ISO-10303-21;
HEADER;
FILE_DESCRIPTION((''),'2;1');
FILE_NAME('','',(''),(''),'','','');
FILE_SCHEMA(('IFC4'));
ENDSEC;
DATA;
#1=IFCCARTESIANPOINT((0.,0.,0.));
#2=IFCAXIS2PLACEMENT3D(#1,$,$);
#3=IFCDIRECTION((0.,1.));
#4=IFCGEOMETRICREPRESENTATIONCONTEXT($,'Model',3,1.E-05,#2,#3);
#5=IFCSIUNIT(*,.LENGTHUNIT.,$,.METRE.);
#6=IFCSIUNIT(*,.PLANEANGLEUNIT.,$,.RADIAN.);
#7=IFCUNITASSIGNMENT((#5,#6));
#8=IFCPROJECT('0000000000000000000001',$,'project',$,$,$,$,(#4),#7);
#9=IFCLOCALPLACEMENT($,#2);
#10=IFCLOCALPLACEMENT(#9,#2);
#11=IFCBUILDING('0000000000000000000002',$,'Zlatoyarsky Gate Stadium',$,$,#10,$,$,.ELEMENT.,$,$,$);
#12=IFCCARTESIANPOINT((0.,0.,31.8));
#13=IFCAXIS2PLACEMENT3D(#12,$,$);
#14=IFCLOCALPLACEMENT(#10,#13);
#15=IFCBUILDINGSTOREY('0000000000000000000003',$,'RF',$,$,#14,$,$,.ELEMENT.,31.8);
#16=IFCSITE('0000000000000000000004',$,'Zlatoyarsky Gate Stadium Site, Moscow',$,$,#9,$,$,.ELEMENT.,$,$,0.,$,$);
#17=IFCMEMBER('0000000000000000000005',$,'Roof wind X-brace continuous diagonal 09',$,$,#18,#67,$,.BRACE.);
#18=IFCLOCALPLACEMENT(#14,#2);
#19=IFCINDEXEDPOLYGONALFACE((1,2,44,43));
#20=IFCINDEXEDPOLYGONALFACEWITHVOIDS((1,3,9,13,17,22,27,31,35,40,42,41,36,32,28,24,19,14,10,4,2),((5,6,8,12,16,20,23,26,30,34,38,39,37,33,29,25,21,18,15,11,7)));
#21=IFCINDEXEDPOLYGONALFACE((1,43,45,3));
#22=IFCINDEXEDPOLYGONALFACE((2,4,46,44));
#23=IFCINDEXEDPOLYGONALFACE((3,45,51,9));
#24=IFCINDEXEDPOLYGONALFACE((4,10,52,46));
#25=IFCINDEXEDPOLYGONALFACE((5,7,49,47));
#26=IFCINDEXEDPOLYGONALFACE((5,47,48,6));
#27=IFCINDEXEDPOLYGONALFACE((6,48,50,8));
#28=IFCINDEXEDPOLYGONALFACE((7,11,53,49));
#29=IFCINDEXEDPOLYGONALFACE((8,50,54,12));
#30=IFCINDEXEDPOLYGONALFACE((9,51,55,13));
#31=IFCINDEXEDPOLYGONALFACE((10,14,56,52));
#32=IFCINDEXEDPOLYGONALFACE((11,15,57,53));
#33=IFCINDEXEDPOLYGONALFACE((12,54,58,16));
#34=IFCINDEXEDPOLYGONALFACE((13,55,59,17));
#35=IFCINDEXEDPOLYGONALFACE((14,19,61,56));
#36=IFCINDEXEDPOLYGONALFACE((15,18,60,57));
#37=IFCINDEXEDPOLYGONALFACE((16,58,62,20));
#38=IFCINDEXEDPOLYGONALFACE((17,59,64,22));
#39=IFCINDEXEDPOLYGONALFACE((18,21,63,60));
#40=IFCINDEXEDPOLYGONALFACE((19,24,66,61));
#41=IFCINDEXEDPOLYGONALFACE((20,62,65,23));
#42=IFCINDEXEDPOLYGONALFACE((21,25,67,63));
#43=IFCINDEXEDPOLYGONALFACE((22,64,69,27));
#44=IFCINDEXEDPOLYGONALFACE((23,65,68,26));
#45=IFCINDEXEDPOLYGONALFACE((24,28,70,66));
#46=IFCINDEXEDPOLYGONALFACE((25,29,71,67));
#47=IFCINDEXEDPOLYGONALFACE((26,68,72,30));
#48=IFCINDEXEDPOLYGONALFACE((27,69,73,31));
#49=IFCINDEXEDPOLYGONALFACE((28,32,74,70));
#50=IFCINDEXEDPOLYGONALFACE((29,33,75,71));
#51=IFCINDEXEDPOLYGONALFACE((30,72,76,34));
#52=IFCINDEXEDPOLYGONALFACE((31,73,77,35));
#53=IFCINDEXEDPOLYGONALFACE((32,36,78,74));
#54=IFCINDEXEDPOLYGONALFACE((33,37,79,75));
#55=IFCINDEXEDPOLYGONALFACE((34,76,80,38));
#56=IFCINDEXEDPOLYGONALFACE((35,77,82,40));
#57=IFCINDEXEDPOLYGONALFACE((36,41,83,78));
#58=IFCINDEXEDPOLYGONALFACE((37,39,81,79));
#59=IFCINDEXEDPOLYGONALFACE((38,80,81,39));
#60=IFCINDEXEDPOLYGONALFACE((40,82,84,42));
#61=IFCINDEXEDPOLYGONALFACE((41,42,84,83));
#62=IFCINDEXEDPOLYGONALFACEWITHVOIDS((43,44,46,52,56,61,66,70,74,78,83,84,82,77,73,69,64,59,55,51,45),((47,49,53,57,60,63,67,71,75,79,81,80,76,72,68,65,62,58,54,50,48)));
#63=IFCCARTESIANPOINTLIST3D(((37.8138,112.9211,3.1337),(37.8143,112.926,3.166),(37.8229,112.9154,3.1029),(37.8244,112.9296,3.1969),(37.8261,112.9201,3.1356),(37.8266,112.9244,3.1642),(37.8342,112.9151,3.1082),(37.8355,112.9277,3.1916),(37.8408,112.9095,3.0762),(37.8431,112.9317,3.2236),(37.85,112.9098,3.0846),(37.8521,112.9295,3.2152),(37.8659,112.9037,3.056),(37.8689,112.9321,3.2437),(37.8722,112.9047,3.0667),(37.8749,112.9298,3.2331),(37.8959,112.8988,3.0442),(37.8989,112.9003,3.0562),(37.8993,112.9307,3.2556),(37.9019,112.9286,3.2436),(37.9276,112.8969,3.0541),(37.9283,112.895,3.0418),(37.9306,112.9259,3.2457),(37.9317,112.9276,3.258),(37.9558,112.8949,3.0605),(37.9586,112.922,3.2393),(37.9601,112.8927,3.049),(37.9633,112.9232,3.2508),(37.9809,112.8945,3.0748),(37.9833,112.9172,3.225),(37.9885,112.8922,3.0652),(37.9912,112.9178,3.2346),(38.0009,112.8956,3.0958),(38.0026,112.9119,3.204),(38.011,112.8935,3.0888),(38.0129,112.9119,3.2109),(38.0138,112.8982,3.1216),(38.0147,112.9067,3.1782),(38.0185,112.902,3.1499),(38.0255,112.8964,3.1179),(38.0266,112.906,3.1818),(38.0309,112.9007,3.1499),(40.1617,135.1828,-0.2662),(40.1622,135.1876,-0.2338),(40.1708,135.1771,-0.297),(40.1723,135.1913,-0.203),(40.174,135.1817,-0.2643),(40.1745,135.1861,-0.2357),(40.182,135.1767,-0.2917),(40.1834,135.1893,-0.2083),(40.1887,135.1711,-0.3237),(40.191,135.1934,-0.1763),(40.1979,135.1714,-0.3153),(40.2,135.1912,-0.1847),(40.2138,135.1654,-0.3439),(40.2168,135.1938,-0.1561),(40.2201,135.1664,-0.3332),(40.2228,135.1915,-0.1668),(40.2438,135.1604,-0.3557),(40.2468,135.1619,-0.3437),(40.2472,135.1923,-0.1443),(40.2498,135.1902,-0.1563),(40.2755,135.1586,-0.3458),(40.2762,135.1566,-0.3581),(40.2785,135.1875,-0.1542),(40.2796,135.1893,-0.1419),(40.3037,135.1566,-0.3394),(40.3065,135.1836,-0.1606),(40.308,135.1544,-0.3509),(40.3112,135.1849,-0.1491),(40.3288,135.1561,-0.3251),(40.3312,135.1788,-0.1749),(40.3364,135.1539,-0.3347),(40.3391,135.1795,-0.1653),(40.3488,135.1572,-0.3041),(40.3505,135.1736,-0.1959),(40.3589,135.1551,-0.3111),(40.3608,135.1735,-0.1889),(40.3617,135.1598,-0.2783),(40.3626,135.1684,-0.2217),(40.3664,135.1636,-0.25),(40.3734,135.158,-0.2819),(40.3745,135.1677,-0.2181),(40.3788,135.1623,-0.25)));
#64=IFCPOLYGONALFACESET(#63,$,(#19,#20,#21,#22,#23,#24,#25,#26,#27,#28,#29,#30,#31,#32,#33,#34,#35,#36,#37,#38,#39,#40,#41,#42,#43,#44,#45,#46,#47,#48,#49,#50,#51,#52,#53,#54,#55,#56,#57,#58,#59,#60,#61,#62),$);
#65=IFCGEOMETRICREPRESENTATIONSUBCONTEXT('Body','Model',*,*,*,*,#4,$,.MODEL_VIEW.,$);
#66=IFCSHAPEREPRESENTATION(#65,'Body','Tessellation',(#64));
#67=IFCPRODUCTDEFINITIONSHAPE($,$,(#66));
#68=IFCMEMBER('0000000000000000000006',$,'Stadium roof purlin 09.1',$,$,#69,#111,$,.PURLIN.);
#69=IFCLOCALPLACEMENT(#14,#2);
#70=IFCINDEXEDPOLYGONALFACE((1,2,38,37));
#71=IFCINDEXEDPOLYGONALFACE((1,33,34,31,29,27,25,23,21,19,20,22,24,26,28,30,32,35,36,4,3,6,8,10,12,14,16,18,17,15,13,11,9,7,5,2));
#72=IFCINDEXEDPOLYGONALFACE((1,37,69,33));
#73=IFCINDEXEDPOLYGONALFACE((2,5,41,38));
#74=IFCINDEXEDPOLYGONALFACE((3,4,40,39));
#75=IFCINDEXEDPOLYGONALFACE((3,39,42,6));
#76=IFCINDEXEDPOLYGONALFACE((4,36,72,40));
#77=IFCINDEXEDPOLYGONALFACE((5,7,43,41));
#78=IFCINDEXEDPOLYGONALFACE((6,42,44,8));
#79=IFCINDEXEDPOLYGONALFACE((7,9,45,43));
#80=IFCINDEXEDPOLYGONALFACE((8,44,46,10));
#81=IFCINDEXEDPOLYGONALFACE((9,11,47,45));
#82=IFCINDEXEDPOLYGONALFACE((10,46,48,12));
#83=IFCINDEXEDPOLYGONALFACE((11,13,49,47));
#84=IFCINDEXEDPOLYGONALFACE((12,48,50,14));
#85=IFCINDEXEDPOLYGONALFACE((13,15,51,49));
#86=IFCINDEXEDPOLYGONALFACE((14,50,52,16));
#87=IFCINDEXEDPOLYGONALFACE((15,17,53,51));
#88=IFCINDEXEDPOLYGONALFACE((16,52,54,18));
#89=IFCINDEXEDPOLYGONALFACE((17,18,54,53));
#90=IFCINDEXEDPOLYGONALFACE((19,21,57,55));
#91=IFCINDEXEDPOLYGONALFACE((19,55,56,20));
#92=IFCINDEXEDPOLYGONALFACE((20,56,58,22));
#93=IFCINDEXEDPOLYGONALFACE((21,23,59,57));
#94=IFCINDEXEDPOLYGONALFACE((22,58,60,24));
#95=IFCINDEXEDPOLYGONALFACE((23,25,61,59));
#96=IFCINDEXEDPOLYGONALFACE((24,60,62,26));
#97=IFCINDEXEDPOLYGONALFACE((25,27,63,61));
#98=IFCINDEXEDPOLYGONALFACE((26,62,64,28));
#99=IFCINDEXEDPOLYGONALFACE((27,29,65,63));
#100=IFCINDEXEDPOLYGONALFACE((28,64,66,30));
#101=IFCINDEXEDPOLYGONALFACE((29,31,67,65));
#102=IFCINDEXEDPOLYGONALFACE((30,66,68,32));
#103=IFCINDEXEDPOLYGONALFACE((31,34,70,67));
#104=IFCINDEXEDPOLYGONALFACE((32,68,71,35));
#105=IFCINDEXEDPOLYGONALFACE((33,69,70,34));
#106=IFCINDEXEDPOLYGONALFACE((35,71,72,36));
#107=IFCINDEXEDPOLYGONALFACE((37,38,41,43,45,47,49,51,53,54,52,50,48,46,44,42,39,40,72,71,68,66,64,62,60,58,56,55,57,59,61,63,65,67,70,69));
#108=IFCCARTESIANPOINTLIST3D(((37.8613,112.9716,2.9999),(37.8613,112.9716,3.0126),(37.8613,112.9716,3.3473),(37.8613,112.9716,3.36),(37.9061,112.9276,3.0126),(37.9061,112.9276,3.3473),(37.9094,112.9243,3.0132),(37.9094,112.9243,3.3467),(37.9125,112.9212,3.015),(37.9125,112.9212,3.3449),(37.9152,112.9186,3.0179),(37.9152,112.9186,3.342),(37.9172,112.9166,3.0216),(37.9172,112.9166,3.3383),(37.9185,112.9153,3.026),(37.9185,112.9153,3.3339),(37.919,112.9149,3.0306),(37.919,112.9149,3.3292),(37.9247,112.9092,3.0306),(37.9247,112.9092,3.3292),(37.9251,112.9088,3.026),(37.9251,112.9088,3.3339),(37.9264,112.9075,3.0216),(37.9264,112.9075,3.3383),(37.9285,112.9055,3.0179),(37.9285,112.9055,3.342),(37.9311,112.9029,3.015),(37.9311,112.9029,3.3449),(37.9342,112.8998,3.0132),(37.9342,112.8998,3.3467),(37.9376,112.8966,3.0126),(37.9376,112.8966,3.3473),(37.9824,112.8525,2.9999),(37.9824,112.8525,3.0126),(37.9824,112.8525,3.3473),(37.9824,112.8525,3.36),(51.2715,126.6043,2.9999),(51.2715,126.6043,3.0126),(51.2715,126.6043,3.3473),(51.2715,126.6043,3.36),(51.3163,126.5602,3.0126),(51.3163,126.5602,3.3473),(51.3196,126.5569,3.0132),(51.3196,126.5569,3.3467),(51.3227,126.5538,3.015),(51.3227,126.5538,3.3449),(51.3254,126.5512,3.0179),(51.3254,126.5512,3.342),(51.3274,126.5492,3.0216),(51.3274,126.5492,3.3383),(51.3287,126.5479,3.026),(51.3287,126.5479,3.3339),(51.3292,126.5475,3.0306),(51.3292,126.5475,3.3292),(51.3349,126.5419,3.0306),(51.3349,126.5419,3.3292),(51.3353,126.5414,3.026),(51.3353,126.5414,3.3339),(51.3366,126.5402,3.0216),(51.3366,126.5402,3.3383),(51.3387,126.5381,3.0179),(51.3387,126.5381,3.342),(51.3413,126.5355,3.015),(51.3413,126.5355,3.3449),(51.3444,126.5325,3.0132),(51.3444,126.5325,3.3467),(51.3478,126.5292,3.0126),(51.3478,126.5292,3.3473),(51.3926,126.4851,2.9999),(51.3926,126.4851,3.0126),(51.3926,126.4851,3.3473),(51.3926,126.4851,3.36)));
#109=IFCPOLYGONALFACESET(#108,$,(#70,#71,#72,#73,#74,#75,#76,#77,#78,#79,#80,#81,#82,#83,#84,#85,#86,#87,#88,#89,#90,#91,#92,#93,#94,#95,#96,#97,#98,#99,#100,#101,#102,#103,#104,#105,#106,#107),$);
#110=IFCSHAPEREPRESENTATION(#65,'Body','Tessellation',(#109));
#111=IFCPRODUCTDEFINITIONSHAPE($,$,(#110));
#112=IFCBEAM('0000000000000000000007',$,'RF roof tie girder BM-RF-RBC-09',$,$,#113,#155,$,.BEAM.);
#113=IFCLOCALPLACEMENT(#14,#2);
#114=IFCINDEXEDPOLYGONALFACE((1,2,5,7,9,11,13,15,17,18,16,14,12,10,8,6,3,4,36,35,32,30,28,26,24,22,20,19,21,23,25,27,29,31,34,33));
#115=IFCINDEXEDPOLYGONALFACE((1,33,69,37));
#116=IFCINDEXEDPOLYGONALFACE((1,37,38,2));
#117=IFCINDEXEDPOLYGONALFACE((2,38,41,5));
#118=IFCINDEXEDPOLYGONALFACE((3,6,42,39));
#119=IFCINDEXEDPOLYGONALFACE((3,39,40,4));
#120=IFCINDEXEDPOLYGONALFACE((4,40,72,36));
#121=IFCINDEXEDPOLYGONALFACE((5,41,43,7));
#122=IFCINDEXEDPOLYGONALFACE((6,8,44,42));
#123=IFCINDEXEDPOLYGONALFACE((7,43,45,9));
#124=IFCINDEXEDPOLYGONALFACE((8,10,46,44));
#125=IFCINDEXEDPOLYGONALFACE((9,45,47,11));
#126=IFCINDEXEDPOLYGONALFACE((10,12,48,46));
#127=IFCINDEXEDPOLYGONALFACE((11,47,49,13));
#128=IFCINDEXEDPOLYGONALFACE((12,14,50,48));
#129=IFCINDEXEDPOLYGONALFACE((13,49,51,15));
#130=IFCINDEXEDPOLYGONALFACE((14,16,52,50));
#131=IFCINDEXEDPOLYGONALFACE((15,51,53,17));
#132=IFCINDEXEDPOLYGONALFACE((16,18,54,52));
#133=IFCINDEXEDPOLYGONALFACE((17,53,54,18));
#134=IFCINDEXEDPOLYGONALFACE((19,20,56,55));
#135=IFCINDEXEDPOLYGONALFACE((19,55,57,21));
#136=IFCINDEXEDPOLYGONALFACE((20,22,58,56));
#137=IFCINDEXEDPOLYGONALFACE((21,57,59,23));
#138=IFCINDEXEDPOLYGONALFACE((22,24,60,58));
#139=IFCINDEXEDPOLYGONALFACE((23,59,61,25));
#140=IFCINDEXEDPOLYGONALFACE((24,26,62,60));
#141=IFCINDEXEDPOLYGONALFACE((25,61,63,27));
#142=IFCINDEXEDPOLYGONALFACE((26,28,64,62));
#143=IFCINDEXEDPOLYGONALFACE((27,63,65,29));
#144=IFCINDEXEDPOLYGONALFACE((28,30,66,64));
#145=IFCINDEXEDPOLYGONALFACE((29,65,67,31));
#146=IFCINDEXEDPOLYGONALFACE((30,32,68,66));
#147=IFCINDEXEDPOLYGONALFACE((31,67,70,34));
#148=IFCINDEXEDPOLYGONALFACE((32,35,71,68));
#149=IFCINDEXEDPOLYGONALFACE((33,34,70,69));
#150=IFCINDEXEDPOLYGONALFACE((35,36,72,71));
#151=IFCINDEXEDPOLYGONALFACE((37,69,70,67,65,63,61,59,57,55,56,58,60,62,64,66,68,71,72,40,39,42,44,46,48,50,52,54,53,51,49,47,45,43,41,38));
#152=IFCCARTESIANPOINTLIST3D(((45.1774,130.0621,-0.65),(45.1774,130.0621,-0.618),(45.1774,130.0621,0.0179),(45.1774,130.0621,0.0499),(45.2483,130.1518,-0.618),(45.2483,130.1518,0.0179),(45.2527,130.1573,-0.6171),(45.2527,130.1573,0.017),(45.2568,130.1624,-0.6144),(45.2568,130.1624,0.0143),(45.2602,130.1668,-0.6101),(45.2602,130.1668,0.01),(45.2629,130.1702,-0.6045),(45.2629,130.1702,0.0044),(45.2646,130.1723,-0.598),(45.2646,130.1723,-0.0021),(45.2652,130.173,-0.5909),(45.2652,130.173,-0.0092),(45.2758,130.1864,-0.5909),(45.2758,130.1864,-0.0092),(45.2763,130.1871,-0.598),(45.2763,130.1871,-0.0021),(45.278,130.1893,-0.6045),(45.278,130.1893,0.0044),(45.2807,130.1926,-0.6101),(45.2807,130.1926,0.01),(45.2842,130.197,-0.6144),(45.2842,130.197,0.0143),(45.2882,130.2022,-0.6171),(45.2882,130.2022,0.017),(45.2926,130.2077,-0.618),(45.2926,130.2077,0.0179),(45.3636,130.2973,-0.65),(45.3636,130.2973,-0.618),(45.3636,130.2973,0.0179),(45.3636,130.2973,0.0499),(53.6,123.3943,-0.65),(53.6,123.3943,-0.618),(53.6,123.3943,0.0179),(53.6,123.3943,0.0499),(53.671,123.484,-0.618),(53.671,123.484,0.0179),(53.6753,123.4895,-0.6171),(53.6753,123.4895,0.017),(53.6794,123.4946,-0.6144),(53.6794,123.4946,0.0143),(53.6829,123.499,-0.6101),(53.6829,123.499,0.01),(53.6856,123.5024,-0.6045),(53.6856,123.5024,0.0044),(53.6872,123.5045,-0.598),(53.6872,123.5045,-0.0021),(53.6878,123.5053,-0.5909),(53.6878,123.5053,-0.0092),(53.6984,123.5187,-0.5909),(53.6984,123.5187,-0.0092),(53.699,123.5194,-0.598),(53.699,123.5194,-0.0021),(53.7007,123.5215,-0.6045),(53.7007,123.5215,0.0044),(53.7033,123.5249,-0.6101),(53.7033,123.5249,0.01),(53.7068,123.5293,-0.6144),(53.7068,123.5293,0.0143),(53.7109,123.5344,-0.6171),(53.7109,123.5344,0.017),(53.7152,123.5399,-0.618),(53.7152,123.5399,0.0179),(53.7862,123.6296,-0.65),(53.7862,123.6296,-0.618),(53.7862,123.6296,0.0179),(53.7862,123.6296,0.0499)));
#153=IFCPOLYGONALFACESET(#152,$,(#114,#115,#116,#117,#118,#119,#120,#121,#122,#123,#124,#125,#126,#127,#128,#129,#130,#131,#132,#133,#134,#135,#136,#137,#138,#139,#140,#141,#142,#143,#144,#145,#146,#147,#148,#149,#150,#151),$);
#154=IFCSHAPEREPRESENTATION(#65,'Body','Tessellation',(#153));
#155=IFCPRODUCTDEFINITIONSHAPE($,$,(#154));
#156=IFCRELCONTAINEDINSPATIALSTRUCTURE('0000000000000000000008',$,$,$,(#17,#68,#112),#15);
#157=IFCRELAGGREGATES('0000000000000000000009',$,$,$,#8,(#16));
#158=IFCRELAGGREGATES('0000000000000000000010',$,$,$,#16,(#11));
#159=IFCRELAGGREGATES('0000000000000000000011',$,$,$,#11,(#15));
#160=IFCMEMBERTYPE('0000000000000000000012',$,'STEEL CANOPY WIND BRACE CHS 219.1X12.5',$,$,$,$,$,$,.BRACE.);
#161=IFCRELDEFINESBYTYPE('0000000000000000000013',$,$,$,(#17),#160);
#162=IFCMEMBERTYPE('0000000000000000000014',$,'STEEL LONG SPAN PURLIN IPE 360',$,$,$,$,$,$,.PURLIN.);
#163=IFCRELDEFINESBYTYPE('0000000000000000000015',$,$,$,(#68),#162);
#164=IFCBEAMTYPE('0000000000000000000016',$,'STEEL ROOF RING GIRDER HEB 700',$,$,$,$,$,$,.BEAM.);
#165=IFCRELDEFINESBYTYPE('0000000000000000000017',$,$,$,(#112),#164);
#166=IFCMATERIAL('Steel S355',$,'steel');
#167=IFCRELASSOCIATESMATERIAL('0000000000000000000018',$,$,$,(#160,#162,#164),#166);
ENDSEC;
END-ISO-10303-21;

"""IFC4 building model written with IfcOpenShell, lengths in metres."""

from ifc_helpers import new_model, si_unit, direction, frame, origin, origin_2d, place, context, subcontext, project, spatial, hollow_circle, i_section, extrude, material, material_profile, profile_set, type_object, element, save


model = new_model("IFC4")

# Units and contexts
model_context = context("Model", 3, precision=1e-05, world=origin(), true_north=direction((0.0, 1.0)))
body_context = subcontext(model_context, "Body", "Model", "MODEL_VIEW")
ifc_project = project(units=[si_unit("LENGTHUNIT", "METRE"), si_unit("PLANEANGLEUNIT", "RADIAN")], contexts=[model_context])

# Site, building, storey
site_placement = place(None, origin())
site = spatial("IfcSite", under=ifc_project, at=site_placement, Name="Zlatoyarsky Gate Stadium Site, Moscow", CompositionType="ELEMENT", RefElevation=0.0)
building_placement = place(site_placement, origin())
building = spatial("IfcBuilding", under=site, at=building_placement, Name="Zlatoyarsky Gate Stadium", CompositionType="ELEMENT")
storey_placement = place(building_placement, frame((0.0, 0.0, 31.8)))
storey = spatial("IfcBuildingStorey", under=building, at=storey_placement, Name="RF", CompositionType="ELEMENT", Elevation=31.8)

# Members
ifc_material_1 = material(Name="Steel S355", Category="steel")
ifc_material_profile_1 = material_profile(ifc_material_1, hollow_circle(Radius=0.1096, WallThickness=0.0125, at=origin_2d()), Name="CHS 219.1X12.5")
ifc_profile_set_1 = profile_set([ifc_material_profile_1], Name="Steel S355")
member_type_1 = type_object("IfcMemberType", Name="STEEL CANOPY WIND BRACE CHS 219.1X12.5", PredefinedType="BRACE", material=ifc_profile_set_1)
member_1_placement = place(storey_placement, frame((40.2698, 135.1738, -0.25), z_axis=(-0.103697, -0.983209, 0.15016), x_axis=(0.994484, -0.104886, 0.0)))
element("IfcMember", 1, at=member_1_placement, inside=storey, type_object=member_type_1, Name="Roof wind X-brace continuous diagonal 09", PredefinedType="BRACE", context=body_context, shape_type="SweptSolid", body=[
    extrude(hollow_circle(Radius=0.1096, WallThickness=0.0125, at=origin_2d()), origin(), (0.0, 0.0, 1.0), 22.6418),
])
ifc_material_profile_2 = material_profile(ifc_material_1, i_section(OverallWidth=0.1699, OverallDepth=0.3601, WebThickness=0.0081, FlangeThickness=0.0127, FilletRadius=0.0181, at=origin_2d()), Name="IPE 360")
ifc_profile_set_2 = profile_set([ifc_material_profile_2], Name="Steel S355")
member_type_2 = type_object("IfcMemberType", Name="STEEL LONG SPAN PURLIN IPE 360", PredefinedType="PURLIN", material=ifc_profile_set_2)
member_2_placement = place(storey_placement, frame((51.332, 126.5447, 3.1799), z_axis=(-0.701267, -0.712898, 0.0), x_axis=(0.712898, -0.701267, 0.0)))
element("IfcMember", 2, at=member_2_placement, inside=storey, type_object=member_type_2, Name="Stadium roof purlin 09.1", PredefinedType="PURLIN", context=body_context, shape_type="SweptSolid", body=[
    extrude(i_section(OverallWidth=0.1699, OverallDepth=0.3601, WebThickness=0.0081, FlangeThickness=0.0127, FilletRadius=0.0181, at=origin_2d()), origin(), (0.0, 0.0, 1.0), 19.1228),
])

# Beam
ifc_material_profile_3 = material_profile(ifc_material_1, i_section(OverallWidth=0.3, OverallDepth=0.7, WebThickness=0.0171, FlangeThickness=0.032, FilletRadius=0.0271, at=origin_2d()), Name="HEB 700")
ifc_profile_set_3 = profile_set([ifc_material_profile_3], Name="Steel S355")
beam_type = type_object("IfcBeamType", Name="STEEL ROOF RING GIRDER HEB 700", PredefinedType="BEAM", material=ifc_profile_set_3)
beam_1_placement = place(storey_placement, frame((53.6931, 123.512, -0.3), z_axis=(-0.784054, 0.620693, 0.0), x_axis=(-0.620693, -0.784054, 0.0)))
element("IfcBeam", 3, at=beam_1_placement, inside=storey, type_object=beam_type, Name="RF roof tie girder BM-RF-RBC-09", PredefinedType="BEAM", context=body_context, shape_type="SweptSolid", body=[
    extrude(i_section(OverallWidth=0.3, OverallDepth=0.7, WebThickness=0.0171, FlangeThickness=0.032, FilletRadius=0.0271, at=origin_2d()), origin(), (0.0, 0.0, 1.0), 10.7424),
])

save(model, "model.ifc")
